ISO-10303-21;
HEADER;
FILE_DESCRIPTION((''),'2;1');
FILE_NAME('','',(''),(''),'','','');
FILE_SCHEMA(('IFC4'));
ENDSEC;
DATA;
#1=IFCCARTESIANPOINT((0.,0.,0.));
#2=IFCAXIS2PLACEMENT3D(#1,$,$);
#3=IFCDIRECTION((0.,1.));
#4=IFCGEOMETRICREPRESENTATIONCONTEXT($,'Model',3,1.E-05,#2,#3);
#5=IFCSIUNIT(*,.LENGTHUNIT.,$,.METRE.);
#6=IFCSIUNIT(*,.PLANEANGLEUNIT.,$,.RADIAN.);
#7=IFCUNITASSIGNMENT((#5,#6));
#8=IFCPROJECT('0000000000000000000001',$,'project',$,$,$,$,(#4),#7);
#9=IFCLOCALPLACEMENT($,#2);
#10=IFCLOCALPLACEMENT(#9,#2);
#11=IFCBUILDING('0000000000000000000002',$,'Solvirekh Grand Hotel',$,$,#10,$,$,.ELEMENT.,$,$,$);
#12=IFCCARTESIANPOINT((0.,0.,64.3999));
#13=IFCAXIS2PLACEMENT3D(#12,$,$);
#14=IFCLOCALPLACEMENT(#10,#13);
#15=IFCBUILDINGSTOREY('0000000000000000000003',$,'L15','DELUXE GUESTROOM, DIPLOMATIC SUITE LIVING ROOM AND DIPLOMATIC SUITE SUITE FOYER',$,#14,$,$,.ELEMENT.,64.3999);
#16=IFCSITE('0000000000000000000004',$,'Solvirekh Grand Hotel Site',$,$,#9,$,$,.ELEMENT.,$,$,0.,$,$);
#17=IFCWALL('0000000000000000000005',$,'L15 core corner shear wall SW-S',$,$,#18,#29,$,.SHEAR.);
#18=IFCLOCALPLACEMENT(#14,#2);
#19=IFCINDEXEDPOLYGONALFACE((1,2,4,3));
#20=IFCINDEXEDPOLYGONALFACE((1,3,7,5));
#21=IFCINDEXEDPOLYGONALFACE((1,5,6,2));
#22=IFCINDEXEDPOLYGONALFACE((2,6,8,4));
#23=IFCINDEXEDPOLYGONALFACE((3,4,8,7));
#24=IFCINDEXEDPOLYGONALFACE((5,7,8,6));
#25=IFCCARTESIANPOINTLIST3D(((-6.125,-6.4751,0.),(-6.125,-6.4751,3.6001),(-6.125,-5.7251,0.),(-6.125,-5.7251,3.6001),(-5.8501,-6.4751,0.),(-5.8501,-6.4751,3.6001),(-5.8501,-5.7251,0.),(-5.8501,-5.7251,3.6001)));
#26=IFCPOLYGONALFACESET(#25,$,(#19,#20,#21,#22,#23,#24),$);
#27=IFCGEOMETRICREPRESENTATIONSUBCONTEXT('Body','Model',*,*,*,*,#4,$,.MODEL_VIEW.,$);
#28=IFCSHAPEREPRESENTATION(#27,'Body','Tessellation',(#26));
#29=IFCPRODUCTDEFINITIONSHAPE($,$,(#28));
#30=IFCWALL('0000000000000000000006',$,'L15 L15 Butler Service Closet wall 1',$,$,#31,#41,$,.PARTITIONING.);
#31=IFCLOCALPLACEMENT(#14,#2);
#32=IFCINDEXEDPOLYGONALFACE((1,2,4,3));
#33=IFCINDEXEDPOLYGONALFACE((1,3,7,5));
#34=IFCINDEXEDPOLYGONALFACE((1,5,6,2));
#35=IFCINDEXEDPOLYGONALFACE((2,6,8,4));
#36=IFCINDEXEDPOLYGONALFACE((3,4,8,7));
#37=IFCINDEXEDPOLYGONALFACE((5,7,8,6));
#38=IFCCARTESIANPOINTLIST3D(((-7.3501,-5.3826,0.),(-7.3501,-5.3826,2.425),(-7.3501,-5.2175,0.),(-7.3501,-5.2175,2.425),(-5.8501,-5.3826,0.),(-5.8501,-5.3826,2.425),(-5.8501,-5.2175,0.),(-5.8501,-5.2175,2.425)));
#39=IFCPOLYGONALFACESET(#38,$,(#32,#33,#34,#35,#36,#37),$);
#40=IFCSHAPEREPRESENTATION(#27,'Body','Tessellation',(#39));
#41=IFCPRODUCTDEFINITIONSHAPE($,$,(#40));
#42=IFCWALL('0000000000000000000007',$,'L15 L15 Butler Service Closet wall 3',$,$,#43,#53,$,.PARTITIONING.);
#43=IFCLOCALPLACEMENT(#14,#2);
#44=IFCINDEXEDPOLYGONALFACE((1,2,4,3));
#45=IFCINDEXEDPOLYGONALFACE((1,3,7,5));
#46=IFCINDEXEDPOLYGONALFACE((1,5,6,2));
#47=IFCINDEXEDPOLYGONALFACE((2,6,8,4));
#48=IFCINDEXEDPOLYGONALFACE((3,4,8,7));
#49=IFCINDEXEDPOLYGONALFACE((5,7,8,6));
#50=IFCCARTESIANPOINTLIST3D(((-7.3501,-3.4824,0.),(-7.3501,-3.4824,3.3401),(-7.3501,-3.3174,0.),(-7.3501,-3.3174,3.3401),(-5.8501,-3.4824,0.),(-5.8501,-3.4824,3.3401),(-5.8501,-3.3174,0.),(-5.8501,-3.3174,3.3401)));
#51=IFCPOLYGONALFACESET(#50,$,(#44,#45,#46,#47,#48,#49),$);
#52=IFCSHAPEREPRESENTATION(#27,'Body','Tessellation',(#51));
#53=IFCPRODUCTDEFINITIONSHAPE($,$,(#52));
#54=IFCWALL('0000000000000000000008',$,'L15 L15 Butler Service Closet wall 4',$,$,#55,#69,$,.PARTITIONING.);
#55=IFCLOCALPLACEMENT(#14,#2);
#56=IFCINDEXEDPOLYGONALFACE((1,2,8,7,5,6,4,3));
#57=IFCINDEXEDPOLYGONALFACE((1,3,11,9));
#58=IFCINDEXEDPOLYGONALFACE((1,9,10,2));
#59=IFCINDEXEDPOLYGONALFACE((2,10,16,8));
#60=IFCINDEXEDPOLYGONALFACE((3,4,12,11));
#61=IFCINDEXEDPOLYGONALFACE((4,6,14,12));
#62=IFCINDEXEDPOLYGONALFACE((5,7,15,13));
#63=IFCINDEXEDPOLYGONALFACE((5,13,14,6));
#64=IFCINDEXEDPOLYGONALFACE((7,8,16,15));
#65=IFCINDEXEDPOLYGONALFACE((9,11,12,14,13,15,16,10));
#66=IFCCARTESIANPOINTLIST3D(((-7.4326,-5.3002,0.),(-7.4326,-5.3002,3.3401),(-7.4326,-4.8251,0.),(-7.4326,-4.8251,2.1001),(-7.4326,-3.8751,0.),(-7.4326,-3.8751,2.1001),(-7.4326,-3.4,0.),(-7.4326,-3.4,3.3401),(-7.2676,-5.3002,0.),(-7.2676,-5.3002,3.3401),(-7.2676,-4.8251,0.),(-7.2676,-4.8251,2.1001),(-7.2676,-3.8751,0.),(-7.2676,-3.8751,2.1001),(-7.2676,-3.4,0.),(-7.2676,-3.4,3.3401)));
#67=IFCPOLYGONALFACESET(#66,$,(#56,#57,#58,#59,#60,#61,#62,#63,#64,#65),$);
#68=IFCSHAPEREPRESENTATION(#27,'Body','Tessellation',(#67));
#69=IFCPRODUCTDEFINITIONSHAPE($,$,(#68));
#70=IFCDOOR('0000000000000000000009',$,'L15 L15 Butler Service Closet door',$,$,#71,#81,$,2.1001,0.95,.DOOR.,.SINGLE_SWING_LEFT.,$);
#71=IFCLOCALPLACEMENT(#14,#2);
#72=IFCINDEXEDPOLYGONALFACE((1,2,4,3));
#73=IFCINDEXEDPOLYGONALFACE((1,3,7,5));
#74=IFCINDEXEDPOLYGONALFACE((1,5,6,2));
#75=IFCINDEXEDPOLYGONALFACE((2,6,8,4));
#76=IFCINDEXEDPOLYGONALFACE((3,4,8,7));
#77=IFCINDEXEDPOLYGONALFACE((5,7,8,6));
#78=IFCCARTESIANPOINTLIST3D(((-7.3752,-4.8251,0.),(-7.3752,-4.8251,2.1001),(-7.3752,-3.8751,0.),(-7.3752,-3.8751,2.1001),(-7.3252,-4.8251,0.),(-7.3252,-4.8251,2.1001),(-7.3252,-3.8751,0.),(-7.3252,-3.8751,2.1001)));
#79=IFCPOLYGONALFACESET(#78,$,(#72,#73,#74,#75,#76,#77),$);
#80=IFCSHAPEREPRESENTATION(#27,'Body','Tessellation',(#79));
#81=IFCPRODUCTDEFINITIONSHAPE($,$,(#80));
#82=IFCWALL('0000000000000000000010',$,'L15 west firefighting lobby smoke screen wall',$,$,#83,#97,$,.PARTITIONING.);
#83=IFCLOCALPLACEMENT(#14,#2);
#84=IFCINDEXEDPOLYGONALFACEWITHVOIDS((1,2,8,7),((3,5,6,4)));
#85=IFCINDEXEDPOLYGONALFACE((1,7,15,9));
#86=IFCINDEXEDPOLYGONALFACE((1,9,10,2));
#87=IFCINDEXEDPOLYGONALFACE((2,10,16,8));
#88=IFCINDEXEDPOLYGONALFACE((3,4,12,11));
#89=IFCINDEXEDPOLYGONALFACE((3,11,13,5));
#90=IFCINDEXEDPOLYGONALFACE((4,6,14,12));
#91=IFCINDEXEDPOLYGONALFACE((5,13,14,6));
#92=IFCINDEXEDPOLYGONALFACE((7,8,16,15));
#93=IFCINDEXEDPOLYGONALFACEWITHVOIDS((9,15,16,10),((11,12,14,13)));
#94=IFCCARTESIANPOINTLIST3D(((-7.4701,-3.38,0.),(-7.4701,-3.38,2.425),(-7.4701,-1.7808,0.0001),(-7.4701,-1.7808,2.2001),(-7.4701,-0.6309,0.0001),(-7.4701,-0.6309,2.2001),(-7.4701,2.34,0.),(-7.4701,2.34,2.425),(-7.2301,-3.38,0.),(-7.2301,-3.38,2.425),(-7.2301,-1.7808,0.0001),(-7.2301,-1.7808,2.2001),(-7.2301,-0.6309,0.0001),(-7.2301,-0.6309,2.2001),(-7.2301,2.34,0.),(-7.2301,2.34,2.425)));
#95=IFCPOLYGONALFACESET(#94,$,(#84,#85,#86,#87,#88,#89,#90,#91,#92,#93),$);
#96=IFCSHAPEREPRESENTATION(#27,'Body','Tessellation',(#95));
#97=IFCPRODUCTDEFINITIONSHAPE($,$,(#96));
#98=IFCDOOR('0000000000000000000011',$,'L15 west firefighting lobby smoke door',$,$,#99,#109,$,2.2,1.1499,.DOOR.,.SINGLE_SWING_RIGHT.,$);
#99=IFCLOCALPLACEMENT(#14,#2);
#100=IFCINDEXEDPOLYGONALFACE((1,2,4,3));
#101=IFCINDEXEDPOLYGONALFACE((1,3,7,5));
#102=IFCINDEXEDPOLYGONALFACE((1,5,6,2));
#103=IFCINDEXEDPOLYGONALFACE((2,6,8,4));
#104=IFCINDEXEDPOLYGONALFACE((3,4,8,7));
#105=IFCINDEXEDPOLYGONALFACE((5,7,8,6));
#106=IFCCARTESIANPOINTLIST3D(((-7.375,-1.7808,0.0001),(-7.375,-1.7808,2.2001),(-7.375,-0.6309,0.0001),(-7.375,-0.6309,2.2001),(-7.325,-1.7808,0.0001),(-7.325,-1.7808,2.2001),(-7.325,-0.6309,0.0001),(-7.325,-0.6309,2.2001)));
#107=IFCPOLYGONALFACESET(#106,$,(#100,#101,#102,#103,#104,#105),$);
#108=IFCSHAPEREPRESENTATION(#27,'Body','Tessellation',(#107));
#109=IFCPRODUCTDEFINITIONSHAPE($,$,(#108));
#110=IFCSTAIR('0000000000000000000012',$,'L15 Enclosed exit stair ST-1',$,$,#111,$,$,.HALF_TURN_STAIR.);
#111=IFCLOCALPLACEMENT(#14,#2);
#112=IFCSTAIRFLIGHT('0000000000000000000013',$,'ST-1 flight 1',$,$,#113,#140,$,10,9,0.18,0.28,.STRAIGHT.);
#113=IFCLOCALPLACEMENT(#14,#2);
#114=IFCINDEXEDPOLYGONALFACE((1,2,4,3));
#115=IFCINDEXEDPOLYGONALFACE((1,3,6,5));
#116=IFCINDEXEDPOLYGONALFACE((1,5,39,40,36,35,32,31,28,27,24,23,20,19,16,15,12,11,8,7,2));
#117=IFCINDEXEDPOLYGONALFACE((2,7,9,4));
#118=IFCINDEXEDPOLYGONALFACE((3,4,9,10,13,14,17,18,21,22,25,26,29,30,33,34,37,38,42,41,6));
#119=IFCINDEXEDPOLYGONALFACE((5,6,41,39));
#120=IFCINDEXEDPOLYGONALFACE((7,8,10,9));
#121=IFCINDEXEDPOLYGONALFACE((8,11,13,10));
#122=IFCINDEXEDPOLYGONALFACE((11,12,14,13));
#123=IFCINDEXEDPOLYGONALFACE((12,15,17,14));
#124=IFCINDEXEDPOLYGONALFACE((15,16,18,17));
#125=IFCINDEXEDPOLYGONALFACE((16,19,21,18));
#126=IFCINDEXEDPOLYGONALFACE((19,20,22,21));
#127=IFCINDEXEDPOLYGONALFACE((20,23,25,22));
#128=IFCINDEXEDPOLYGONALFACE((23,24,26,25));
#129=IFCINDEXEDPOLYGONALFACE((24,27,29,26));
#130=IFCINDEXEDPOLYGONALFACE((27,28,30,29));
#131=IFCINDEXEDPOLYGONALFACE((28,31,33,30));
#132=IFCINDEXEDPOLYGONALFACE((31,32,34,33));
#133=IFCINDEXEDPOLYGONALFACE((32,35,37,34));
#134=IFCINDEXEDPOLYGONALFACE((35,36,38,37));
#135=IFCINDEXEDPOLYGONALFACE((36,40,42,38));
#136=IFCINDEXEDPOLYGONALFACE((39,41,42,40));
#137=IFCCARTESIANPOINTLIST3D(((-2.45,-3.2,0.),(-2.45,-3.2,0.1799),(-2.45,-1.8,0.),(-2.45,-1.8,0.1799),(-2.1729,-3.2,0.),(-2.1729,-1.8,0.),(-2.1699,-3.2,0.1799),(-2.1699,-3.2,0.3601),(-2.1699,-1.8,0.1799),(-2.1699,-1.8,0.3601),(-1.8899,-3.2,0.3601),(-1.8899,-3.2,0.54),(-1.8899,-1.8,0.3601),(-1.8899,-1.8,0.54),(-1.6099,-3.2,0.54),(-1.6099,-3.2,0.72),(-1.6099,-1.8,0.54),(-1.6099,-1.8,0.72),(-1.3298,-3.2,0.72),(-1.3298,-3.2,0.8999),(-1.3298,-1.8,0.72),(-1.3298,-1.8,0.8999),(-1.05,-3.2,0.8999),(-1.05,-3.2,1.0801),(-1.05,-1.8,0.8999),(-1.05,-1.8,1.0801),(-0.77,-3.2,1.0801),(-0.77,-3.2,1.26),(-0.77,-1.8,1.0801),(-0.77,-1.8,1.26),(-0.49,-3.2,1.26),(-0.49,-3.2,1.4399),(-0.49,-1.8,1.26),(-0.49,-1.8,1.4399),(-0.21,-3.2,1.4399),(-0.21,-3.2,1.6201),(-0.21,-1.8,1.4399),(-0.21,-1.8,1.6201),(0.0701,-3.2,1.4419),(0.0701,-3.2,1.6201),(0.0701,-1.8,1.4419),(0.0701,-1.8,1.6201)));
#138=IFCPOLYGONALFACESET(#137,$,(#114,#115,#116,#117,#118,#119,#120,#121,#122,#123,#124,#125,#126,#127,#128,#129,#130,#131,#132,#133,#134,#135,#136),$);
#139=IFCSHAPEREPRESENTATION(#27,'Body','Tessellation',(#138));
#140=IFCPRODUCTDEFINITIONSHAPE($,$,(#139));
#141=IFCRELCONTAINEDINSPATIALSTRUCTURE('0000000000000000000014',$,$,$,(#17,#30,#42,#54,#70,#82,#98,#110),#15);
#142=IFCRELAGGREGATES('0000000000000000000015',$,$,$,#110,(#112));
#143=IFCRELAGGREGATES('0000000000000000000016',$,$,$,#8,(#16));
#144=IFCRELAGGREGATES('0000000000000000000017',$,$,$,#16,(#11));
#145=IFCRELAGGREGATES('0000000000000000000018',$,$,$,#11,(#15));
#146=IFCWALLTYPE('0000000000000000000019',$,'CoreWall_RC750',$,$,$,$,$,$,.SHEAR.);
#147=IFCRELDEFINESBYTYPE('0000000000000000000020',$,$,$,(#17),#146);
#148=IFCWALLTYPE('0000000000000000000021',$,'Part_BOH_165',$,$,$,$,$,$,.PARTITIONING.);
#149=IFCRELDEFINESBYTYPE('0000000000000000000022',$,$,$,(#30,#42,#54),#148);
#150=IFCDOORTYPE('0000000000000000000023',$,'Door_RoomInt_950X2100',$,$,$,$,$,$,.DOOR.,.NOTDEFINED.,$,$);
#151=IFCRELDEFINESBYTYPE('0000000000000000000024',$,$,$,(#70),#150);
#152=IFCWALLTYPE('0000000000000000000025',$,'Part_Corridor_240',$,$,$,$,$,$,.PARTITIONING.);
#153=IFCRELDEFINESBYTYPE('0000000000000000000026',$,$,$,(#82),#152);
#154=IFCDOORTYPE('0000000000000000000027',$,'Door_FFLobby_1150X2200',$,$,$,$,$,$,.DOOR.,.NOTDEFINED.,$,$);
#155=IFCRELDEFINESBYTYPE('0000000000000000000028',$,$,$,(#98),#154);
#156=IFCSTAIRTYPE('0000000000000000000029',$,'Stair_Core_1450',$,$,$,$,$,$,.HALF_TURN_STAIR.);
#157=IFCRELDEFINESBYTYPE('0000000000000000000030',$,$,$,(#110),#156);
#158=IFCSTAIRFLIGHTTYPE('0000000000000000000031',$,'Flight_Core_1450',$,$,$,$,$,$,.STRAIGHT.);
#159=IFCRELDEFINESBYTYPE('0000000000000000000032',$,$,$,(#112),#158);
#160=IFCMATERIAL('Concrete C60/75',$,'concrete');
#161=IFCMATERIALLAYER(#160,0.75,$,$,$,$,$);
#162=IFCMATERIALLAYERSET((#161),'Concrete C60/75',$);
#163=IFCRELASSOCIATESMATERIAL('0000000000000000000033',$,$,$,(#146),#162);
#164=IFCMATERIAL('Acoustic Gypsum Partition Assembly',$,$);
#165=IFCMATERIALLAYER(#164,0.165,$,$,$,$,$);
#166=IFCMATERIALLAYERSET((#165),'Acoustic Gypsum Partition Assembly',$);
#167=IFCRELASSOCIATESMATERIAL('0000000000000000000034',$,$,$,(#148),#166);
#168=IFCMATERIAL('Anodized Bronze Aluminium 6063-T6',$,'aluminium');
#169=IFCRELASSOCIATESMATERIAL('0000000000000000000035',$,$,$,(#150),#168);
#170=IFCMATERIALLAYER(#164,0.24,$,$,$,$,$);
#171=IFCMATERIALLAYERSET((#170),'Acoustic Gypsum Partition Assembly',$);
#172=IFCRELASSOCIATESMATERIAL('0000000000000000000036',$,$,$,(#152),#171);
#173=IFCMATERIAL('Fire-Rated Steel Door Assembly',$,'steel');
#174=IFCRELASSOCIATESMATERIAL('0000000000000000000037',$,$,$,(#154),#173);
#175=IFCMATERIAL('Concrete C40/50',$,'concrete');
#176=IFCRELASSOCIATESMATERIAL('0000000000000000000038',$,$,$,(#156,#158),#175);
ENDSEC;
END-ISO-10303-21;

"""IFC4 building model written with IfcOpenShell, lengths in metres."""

from ifc_helpers import new_model, si_unit, direction, frame, frame_2d, origin, place, context, subcontext, project, spatial, polyline, rectangle, outline, extrude, material, layer, layer_set, type_object, element, fill, aggregate, save


model = new_model("IFC4")

# Units and contexts
model_context = context("Model", 3, precision=1e-05, world=origin(), true_north=direction((0.0, 1.0)))
body_context = subcontext(model_context, "Body", "Model", "MODEL_VIEW")
ifc_project = project(units=[si_unit("LENGTHUNIT", "METRE"), si_unit("PLANEANGLEUNIT", "RADIAN")], contexts=[model_context])

# Site, building, storey
site_placement = place(None, origin())
site = spatial("IfcSite", under=ifc_project, at=site_placement, Name="Solvirekh Grand Hotel Site", CompositionType="ELEMENT", RefElevation=0.0)
building_placement = place(site_placement, origin())
building = spatial("IfcBuilding", under=site, at=building_placement, Name="Solvirekh Grand Hotel", CompositionType="ELEMENT")
storey_placement = place(building_placement, frame((0.0, 0.0, 64.3999)))
storey = spatial("IfcBuildingStorey", under=building, at=storey_placement, Name="L15", Description="DELUXE GUESTROOM, DIPLOMATIC SUITE LIVING ROOM AND DIPLOMATIC SUITE SUITE FOYER", CompositionType="ELEMENT", Elevation=64.3999)

# Shared definitions
ifc_material_1 = material(Name="Concrete C40/50", Category="concrete")
ifc_material_2 = material(Name="Fire-Rated Steel Door Assembly", Category="steel")

# Walls
ifc_material_3 = material(Name="Concrete C60/75", Category="concrete")
ifc_layer_1 = layer(ifc_material_3, 0.75)
ifc_layer_set_1 = layer_set([ifc_layer_1], Name="Concrete C60/75")
wall_type_1 = type_object("IfcWallType", Name="CoreWall_RC750", PredefinedType="SHEAR", material=ifc_layer_set_1)
wall_1_placement = place(storey_placement, frame((-6.125, -6.1001, 0.0), z_axis=(0.0, 0.0, 1.0), x_axis=(1.0, 0.0, 0.0)))
element("IfcWall", 1, at=wall_1_placement, inside=storey, type_object=wall_type_1, Name="L15 core corner shear wall SW-S", PredefinedType="SHEAR", context=body_context, shape_type="SweptSolid", body=[
    extrude(rectangle(XDim=0.2749, YDim=0.75, at=frame_2d((0.1375, 0.0))), origin(), (0.0, 0.0, 1.0), 3.6001),
])
ifc_material_4 = material(Name="Acoustic Gypsum Partition Assembly")
ifc_layer_2 = layer(ifc_material_4, 0.165)
ifc_layer_set_2 = layer_set([ifc_layer_2], Name="Acoustic Gypsum Partition Assembly")
wall_type_2 = type_object("IfcWallType", Name="Part_BOH_165", PredefinedType="PARTITIONING", material=ifc_layer_set_2)
wall_2_placement = place(storey_placement, frame((-7.3501, -5.3, 0.0), z_axis=(0.0, 0.0, 1.0), x_axis=(1.0, 0.0, 0.0)))
element("IfcWall", 2, at=wall_2_placement, inside=storey, type_object=wall_type_2, Name="L15 L15 Butler Service Closet wall 1", PredefinedType="PARTITIONING", context=body_context, shape_type="SweptSolid", body=[
    extrude(rectangle(XDim=1.5, YDim=0.165, at=frame_2d((0.75, 0.0))), origin(), (0.0, 0.0, 1.0), 2.425),
])
wall_3_placement = place(storey_placement, frame((-5.8501, -3.3999, 0.0), z_axis=(0.0, 0.0, 1.0), x_axis=(-1.0, 0.0, 0.0)))
element("IfcWall", 3, at=wall_3_placement, inside=storey, type_object=wall_type_2, Name="L15 L15 Butler Service Closet wall 3", PredefinedType="PARTITIONING", context=body_context, shape_type="SweptSolid", body=[
    extrude(rectangle(XDim=1.5, YDim=0.165, at=frame_2d((0.75, 0.0))), origin(), (0.0, 0.0, 1.0), 3.3401),
])

# Walls, openings, doors
wall_4_placement = place(storey_placement, frame((-7.3501, -3.3999, 0.0), z_axis=(0.0, 0.0, 1.0), x_axis=(0.0, -1.0, 0.0)))
wall_4 = element("IfcWall", 4, at=wall_4_placement, inside=storey, type_object=wall_type_2, Name="L15 L15 Butler Service Closet wall 4", PredefinedType="PARTITIONING", context=body_context, shape_type="SweptSolid", body=[
    extrude(rectangle(XDim=1.9001, YDim=0.165, at=frame_2d((0.9502, 0.0))), origin(), (0.0, 0.0, 1.0), 3.3401),
])
opening_1_placement = place(wall_4_placement, frame((0.4751, 0.0, 0.0)))
opening_1 = element("IfcOpeningElement", 5, at=opening_1_placement, cuts=wall_4, PredefinedType="OPENING", context=body_context, shape_type="SweptSolid", body=[
    extrude(rectangle(XDim=0.95, YDim=2.1001, at=frame_2d((0.4751, 1.05))), frame((0.0, 0.0925, 0.0), z_axis=(0.0, -1.0, 0.0), x_axis=(1.0, 0.0, 0.0)), (0.0, 0.0, 1.0), 0.1851),
])
ifc_material_5 = material(Name="Anodized Bronze Aluminium 6063-T6", Category="aluminium")
door_type_1 = type_object("IfcDoorType", Name="Door_RoomInt_950X2100", OperationType="NOTDEFINED", PredefinedType="DOOR", material=ifc_material_5)
door_1_placement = place(opening_1_placement, origin())
door_1 = element("IfcDoor", 6, at=door_1_placement, inside=storey, type_object=door_type_1, Name="L15 L15 Butler Service Closet door", OperationType="SINGLE_SWING_LEFT", OverallHeight=2.1001, OverallWidth=0.95, PredefinedType="DOOR", context=body_context, shape_type="SweptSolid", body=[
    extrude(rectangle(XDim=0.95, YDim=2.1001, at=frame_2d((0.4751, 1.05))), frame((0.0, 0.0249, 0.0), z_axis=(0.0, -1.0, 0.0), x_axis=(1.0, 0.0, 0.0)), (0.0, 0.0, 1.0), 0.05),
])
fill(opening_1, door_1)
ifc_layer_3 = layer(ifc_material_4, 0.24)
ifc_layer_set_3 = layer_set([ifc_layer_3], Name="Acoustic Gypsum Partition Assembly")
wall_type_3 = type_object("IfcWallType", Name="Part_Corridor_240", PredefinedType="PARTITIONING", material=ifc_layer_set_3)
wall_5_placement = place(storey_placement, frame((-7.3501, -3.3799, 0.0), z_axis=(0.0, 0.0, 1.0), x_axis=(0.0, 1.0, 0.0)))
wall_5 = element("IfcWall", 7, at=wall_5_placement, inside=storey, type_object=wall_type_3, Name="L15 west firefighting lobby smoke screen wall", PredefinedType="PARTITIONING", context=body_context, shape_type="SweptSolid", body=[
    extrude(rectangle(XDim=5.72, YDim=0.24, at=frame_2d((2.8599, 0.0))), origin(), (0.0, 0.0, 1.0), 2.425),
])
opening_2_placement = place(wall_5_placement, frame((1.5991, 0.0, 0.0)))
opening_2 = element("IfcOpeningElement", 8, at=opening_2_placement, cuts=wall_5, PredefinedType="OPENING", context=body_context, shape_type="SweptSolid", body=[
    extrude(rectangle(XDim=1.1499, YDim=2.2, at=frame_2d((0.575, 1.1001))), frame((0.0, 0.1299, 0.0), z_axis=(0.0, -1.0, 0.0), x_axis=(1.0, 0.0, 0.0)), (0.0, 0.0, 1.0), 0.26),
])
door_type_2 = type_object("IfcDoorType", Name="Door_FFLobby_1150X2200", OperationType="NOTDEFINED", PredefinedType="DOOR", material=ifc_material_2)
door_2_placement = place(opening_2_placement, origin())
door_2 = element("IfcDoor", 9, at=door_2_placement, inside=storey, type_object=door_type_2, Name="L15 west firefighting lobby smoke door", OperationType="SINGLE_SWING_RIGHT", OverallHeight=2.2, OverallWidth=1.1499, PredefinedType="DOOR", context=body_context, shape_type="SweptSolid", body=[
    extrude(rectangle(XDim=1.1499, YDim=2.2, at=frame_2d((0.575, 1.1001))), frame((0.0, 0.0249, 0.0), z_axis=(0.0, -1.0, 0.0), x_axis=(1.0, 0.0, 0.0)), (0.0, 0.0, 1.0), 0.05),
])
fill(opening_2, door_2)

# Stair, stair flight
stair_type = type_object("IfcStairType", Name="Stair_Core_1450", PredefinedType="HALF_TURN_STAIR", material=ifc_material_1)
stair_placement = place(storey_placement, origin())
stair = element("IfcStair", 10, at=stair_placement, inside=storey, type_object=stair_type, Name="L15 Enclosed exit stair ST-1", PredefinedType="HALF_TURN_STAIR")
stair_flight_type = type_object("IfcStairFlightType", Name="Flight_Core_1450", PredefinedType="STRAIGHT", material=ifc_material_1)
stair_flight_placement = place(storey_placement, frame((-2.45, -2.5, 0.0), z_axis=(0.0, 0.0, 1.0), x_axis=(1.0, 0.0, 0.0)))
stair_flight = element("IfcStairFlight", 11, at=stair_flight_placement, type_object=stair_flight_type, Name="ST-1 flight 1", NumberOfRisers=10, NumberOfTreads=9, PredefinedType="STRAIGHT", RiserHeight=0.18, TreadLength=0.28, context=body_context, shape_type="SweptSolid", body=[
    extrude(outline(polyline([(0.0, 0.0), (0.0, 0.1799), (0.28, 0.1799), (0.28, 0.3601), (0.5601, 0.3601), (0.5601, 0.54), (0.8401, 0.54), (0.8401, 0.72), (1.1201, 0.72), (1.1201, 0.8999), (1.3999, 0.8999), (1.3999, 1.0801), (1.6799, 1.0801), (1.6799, 1.26), (1.96, 1.26), (1.96, 1.4399), (2.24, 1.4399), (2.24, 1.6201), (2.52, 1.6201), (2.52, 1.8), (2.52, 1.4419), (0.2771, 0.0), (0.0, 0.0)])), frame((0.0, 0.7, 0.0), z_axis=(0.0, -1.0, 0.0), x_axis=(1.0, 0.0, 0.0)), (0.0, 0.0, 1.0), 1.3999),
])
aggregate(stair, [stair_flight])

save(model, "model.ifc")
